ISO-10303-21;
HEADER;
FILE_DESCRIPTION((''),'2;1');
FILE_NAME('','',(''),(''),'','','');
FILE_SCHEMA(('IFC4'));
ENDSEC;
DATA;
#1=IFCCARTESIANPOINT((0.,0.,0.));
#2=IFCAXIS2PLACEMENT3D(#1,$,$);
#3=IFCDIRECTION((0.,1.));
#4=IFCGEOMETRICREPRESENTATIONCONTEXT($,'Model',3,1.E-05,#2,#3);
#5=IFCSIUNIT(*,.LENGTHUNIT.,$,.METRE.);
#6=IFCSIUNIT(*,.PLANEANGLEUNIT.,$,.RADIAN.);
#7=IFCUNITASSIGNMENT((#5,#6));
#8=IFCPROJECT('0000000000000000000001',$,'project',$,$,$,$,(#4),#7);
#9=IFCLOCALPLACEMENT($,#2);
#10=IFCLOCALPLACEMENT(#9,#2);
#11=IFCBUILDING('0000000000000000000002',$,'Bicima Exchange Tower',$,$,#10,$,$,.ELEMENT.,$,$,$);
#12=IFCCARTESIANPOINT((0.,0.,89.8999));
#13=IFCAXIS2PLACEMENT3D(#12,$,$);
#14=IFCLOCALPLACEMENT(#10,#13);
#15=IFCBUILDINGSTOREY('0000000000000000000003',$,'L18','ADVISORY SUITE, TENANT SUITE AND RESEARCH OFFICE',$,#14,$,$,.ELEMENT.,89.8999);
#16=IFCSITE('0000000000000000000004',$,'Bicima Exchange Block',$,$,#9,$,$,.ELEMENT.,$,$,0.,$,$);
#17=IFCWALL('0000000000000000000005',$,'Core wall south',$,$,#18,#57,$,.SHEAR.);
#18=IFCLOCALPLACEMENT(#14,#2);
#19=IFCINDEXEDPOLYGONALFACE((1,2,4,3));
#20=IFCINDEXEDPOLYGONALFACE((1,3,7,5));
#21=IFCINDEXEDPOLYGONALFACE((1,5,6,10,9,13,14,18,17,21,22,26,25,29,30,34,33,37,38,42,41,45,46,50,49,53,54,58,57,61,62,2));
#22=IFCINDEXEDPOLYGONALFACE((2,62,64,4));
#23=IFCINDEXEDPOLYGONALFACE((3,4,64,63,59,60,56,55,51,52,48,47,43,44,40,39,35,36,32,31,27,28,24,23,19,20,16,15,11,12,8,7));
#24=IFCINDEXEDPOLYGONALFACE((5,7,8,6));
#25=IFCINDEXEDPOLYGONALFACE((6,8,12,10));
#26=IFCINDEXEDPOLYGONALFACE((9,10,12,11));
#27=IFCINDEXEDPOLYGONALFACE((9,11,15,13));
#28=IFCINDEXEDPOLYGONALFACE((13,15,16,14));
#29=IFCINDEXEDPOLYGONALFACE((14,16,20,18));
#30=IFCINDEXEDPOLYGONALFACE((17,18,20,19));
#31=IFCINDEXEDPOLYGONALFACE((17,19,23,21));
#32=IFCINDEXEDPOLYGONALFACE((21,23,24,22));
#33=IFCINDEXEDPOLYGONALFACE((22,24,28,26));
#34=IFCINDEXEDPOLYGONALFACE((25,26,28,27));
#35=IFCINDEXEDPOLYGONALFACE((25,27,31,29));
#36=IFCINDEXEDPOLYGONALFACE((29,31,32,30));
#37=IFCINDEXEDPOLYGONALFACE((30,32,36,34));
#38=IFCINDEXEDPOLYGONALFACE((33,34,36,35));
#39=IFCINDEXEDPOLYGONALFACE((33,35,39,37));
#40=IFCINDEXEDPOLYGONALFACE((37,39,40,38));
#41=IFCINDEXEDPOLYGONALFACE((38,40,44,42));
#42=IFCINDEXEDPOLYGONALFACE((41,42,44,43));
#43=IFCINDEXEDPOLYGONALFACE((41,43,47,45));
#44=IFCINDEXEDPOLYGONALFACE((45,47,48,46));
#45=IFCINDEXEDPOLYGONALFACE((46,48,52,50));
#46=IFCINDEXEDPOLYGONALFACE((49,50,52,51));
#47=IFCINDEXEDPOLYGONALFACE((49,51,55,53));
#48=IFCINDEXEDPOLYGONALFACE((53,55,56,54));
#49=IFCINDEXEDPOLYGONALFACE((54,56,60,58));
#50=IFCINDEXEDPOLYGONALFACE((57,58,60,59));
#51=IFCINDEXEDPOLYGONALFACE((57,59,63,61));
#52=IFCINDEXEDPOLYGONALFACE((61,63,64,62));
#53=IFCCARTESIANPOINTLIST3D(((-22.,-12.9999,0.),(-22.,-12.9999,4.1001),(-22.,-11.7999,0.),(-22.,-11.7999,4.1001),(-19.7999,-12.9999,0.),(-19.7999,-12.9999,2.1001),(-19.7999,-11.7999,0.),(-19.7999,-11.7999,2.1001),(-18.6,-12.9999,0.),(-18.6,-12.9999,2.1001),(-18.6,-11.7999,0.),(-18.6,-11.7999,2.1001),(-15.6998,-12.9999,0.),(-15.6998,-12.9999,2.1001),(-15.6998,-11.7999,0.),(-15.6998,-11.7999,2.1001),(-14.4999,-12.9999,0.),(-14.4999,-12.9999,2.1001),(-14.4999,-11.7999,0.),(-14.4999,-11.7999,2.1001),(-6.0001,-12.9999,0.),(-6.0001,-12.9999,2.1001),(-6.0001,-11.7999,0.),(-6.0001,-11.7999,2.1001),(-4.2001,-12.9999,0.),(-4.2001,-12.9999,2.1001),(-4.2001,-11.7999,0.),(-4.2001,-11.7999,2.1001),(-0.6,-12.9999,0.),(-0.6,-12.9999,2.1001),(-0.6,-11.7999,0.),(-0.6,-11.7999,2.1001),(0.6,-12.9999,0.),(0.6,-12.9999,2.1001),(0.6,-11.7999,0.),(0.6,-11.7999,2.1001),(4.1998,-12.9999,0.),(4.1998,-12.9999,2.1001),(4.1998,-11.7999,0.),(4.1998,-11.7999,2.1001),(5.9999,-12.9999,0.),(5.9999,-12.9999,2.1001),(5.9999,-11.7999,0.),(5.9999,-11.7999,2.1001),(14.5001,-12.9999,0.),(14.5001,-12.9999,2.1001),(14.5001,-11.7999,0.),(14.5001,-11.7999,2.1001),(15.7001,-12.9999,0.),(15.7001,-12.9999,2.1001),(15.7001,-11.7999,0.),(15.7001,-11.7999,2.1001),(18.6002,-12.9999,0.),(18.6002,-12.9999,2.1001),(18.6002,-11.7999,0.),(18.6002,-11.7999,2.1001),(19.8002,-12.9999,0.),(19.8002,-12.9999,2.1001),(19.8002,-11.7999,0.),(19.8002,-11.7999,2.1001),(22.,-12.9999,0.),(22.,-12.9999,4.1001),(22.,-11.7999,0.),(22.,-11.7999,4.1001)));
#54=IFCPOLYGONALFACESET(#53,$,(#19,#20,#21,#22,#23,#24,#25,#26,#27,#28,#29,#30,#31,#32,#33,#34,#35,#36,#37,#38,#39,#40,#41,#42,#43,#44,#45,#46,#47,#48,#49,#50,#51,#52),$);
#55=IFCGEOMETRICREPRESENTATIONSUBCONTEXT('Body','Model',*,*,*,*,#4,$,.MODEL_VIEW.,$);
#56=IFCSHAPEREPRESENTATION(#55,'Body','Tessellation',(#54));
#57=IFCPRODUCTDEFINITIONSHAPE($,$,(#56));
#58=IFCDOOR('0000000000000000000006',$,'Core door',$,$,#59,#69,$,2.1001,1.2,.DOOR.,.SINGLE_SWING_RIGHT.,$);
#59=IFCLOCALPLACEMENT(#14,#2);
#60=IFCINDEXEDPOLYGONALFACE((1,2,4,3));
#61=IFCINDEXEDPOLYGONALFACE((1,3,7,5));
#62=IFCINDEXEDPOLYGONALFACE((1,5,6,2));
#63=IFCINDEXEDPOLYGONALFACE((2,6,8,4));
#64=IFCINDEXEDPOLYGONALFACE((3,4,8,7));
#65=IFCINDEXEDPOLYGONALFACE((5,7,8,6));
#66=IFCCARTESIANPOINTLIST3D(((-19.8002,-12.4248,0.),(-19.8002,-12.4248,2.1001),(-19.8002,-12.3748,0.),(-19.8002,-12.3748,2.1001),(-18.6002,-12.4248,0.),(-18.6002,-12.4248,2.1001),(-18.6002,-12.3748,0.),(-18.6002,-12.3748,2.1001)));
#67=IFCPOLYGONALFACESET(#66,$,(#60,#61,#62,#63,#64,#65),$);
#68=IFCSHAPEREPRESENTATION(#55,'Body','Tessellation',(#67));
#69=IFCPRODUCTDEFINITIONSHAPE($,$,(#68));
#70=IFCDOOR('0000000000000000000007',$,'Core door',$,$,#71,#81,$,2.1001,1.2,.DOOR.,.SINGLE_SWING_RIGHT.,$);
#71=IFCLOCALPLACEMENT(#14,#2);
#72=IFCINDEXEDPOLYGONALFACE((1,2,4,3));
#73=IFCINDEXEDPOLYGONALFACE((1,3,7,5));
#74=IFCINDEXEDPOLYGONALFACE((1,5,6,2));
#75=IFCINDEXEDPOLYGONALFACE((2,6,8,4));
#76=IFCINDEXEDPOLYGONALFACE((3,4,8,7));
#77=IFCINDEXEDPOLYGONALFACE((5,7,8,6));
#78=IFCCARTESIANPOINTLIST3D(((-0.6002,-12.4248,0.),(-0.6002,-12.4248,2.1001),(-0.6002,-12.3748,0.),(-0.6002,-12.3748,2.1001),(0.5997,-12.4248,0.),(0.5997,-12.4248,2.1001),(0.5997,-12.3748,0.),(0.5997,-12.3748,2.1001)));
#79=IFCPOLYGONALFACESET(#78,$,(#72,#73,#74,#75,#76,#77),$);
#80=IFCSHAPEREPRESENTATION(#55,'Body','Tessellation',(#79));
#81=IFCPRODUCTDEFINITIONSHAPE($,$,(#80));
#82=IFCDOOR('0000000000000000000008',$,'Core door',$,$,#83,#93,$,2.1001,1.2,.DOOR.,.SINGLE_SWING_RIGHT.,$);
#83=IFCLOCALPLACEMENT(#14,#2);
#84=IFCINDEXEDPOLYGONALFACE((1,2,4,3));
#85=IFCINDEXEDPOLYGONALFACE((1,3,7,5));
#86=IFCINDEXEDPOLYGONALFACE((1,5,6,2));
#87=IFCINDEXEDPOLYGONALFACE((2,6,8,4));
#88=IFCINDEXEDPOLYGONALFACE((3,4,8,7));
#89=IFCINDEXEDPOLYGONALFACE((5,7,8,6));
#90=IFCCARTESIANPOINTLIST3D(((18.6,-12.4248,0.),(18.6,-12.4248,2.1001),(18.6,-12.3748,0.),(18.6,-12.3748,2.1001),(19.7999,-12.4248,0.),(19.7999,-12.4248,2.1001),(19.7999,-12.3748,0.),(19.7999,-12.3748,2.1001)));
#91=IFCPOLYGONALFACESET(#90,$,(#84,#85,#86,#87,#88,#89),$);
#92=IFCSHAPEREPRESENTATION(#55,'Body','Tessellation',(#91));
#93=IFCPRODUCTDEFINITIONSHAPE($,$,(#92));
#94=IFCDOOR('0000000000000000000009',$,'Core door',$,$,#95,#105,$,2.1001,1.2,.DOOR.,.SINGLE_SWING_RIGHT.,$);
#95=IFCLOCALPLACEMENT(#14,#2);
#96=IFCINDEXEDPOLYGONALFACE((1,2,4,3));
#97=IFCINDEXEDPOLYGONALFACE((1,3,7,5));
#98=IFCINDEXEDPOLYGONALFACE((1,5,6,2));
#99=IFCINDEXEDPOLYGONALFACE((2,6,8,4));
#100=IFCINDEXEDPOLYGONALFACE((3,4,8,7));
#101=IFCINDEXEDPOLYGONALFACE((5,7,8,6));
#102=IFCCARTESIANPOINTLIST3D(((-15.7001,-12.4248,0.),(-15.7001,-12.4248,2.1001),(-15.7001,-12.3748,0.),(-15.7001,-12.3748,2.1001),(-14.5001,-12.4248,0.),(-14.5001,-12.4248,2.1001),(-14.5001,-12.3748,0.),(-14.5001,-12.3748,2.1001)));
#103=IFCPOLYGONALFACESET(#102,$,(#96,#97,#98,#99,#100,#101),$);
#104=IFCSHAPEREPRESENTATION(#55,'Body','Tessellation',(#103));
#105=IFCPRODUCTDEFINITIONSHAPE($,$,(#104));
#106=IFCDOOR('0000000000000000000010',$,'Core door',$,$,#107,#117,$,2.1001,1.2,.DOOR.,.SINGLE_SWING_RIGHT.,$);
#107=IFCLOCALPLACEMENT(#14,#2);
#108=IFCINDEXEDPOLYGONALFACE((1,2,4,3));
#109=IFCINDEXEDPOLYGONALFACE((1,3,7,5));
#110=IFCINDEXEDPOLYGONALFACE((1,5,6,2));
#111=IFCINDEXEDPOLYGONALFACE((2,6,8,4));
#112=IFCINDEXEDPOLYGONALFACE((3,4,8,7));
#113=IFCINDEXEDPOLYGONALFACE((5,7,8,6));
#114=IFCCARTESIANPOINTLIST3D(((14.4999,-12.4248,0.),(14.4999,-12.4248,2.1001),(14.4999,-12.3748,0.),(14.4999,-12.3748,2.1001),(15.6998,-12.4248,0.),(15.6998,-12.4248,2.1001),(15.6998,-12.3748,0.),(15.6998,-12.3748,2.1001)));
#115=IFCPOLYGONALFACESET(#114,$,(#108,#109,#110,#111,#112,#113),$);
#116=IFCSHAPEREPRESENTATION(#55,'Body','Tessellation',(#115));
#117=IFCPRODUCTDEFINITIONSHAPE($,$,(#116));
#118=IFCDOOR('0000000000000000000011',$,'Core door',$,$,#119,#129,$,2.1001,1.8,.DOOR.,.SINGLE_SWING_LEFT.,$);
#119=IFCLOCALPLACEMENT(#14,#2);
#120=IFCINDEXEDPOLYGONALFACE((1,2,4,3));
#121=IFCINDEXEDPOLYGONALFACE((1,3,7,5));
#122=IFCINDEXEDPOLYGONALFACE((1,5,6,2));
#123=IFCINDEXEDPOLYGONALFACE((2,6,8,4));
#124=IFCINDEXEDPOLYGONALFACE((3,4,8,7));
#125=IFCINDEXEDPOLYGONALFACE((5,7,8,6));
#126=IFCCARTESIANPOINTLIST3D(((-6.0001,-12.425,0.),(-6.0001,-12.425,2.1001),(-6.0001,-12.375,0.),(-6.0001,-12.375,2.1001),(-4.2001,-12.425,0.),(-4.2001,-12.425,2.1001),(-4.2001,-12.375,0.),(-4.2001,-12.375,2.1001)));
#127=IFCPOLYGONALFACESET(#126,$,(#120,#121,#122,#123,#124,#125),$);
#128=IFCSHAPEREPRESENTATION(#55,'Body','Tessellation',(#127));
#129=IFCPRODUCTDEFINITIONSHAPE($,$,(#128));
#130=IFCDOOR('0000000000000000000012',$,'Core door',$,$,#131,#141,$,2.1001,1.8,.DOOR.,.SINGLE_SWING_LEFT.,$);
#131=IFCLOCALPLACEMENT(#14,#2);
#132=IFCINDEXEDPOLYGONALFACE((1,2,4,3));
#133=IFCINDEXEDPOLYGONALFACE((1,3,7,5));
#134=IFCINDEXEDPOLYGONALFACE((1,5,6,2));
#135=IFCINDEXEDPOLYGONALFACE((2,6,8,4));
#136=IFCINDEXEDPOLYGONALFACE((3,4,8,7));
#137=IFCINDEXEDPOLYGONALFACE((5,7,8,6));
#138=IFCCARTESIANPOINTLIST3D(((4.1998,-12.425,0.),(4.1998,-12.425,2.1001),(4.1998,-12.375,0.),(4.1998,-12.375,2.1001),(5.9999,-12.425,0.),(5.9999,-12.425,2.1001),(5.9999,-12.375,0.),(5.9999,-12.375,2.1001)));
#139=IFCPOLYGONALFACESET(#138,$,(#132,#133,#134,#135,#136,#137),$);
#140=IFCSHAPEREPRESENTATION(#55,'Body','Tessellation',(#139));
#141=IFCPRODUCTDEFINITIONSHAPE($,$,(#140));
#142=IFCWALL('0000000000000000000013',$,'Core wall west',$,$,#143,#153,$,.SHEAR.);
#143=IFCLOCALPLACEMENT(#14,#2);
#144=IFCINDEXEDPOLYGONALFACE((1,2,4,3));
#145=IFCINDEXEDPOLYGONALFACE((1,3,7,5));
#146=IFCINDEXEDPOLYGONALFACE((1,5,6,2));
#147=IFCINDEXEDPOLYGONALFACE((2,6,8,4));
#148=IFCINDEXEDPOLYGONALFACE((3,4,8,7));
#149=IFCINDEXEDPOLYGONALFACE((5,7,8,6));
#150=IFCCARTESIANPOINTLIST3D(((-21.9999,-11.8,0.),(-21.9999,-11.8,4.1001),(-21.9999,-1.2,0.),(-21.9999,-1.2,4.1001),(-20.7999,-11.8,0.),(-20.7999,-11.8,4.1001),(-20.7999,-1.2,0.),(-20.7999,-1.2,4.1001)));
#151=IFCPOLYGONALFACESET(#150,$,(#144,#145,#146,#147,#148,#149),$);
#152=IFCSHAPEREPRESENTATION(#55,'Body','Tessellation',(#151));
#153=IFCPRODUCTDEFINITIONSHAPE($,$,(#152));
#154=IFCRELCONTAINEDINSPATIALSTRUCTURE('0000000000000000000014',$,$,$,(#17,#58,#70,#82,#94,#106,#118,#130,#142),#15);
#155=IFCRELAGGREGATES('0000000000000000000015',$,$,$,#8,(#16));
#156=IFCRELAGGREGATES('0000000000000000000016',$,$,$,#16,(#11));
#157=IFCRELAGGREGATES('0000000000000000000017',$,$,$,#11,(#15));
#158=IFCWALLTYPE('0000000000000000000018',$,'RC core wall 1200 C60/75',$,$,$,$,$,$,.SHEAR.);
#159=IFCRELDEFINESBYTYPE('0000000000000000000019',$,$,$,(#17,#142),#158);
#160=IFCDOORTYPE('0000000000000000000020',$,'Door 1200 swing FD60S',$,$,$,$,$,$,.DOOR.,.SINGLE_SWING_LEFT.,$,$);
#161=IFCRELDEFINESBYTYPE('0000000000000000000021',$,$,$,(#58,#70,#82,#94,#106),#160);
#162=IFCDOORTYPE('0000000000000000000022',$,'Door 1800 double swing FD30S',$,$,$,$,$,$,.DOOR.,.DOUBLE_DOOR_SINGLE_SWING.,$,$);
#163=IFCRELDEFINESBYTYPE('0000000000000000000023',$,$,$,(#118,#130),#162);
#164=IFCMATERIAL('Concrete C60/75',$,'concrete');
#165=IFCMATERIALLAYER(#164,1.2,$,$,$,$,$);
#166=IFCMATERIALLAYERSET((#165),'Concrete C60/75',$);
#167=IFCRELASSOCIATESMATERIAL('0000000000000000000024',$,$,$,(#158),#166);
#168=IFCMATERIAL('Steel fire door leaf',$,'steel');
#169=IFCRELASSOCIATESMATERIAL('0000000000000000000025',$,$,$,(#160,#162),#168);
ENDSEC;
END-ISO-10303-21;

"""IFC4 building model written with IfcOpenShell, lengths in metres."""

from ifc_helpers import new_model, si_unit, direction, frame, frame_2d, origin, place, context, subcontext, project, spatial, rectangle, extrude, material, layer, layer_set, type_object, element, fill, save


model = new_model("IFC4")

# Units and contexts
model_context = context("Model", 3, precision=1e-05, world=origin(), true_north=direction((0.0, 1.0)))
body_context = subcontext(model_context, "Body", "Model", "MODEL_VIEW")
ifc_project = project(units=[si_unit("LENGTHUNIT", "METRE"), si_unit("PLANEANGLEUNIT", "RADIAN")], contexts=[model_context])

# Site, building, storey
site_placement = place(None, origin())
site = spatial("IfcSite", under=ifc_project, at=site_placement, Name="Bicima Exchange Block", CompositionType="ELEMENT", RefElevation=0.0)
building_placement = place(site_placement, origin())
building = spatial("IfcBuilding", under=site, at=building_placement, Name="Bicima Exchange Tower", CompositionType="ELEMENT")
storey_placement = place(building_placement, frame((0.0, 0.0, 89.8999)))
storey = spatial("IfcBuildingStorey", under=building, at=storey_placement, Name="L18", Description="ADVISORY SUITE, TENANT SUITE AND RESEARCH OFFICE", CompositionType="ELEMENT", Elevation=89.8999)

# Shared definitions
ifc_material_1 = material(Name="Steel fire door leaf", Category="steel")

# Wall, openings, doors
ifc_material_2 = material(Name="Concrete C60/75", Category="concrete")
ifc_layer_1 = layer(ifc_material_2, 1.2)
ifc_layer_set_1 = layer_set([ifc_layer_1], Name="Concrete C60/75")
wall_type_1 = type_object("IfcWallType", Name="RC core wall 1200 C60/75", PredefinedType="SHEAR", material=ifc_layer_set_1)
wall_1_placement = place(storey_placement, frame((-22.0, -12.3999, 0.0), z_axis=(0.0, 0.0, 1.0), x_axis=(1.0, 0.0, 0.0)))
wall_1 = element("IfcWall", 1, at=wall_1_placement, inside=storey, type_object=wall_type_1, Name="Core wall south", PredefinedType="SHEAR", context=body_context, shape_type="SweptSolid", body=[
    extrude(rectangle(XDim=44.0, YDim=1.2, at=frame_2d((22.0, 0.0))), origin(), (0.0, 0.0, 1.0), 4.1001),
])
opening_1_placement = place(wall_1_placement, frame((2.2, 0.0, 0.0)))
opening_1 = element("IfcOpeningElement", 2, at=opening_1_placement, cuts=wall_1, PredefinedType="OPENING", context=body_context, shape_type="SweptSolid", body=[
    extrude(rectangle(XDim=1.2, YDim=2.1001, at=frame_2d((0.6001, 1.05))), frame((0.0, 0.6118, 0.0), z_axis=(0.0, -1.0, 0.0), x_axis=(1.0, 0.0, 0.0)), (0.0, 0.0, 1.0), 1.2239),
])
opening_2_placement = place(wall_1_placement, frame((21.3999, 0.0, 0.0)))
opening_2 = element("IfcOpeningElement", 3, at=opening_2_placement, cuts=wall_1, PredefinedType="OPENING", context=body_context, shape_type="SweptSolid", body=[
    extrude(rectangle(XDim=1.2, YDim=2.1001, at=frame_2d((0.6001, 1.05))), frame((0.0, 0.6118, 0.0), z_axis=(0.0, -1.0, 0.0), x_axis=(1.0, 0.0, 0.0)), (0.0, 0.0, 1.0), 1.2239),
])
opening_3_placement = place(wall_1_placement, frame((40.6001, 0.0, 0.0)))
opening_3 = element("IfcOpeningElement", 4, at=opening_3_placement, cuts=wall_1, PredefinedType="OPENING", context=body_context, shape_type="SweptSolid", body=[
    extrude(rectangle(XDim=1.2, YDim=2.1001, at=frame_2d((0.6001, 1.05))), frame((0.0, 0.6118, 0.0), z_axis=(0.0, -1.0, 0.0), x_axis=(1.0, 0.0, 0.0)), (0.0, 0.0, 1.0), 1.2239),
])
opening_4_placement = place(wall_1_placement, frame((16.0, 0.0, 0.0)))
opening_4 = element("IfcOpeningElement", 5, at=opening_4_placement, cuts=wall_1, PredefinedType="OPENING", context=body_context, shape_type="SweptSolid", body=[
    extrude(rectangle(XDim=1.8, YDim=2.1001, at=frame_2d((0.8999, 1.05))), frame((0.0, 0.6118, 0.0), z_axis=(0.0, -1.0, 0.0), x_axis=(1.0, 0.0, 0.0)), (0.0, 0.0, 1.0), 1.2239),
])
opening_5_placement = place(wall_1_placement, frame((6.3, 0.0, 0.0)))
opening_5 = element("IfcOpeningElement", 6, at=opening_5_placement, cuts=wall_1, PredefinedType="OPENING", context=body_context, shape_type="SweptSolid", body=[
    extrude(rectangle(XDim=1.2, YDim=2.1001, at=frame_2d((0.6001, 1.05))), frame((0.0, 0.6118, 0.0), z_axis=(0.0, -1.0, 0.0), x_axis=(1.0, 0.0, 0.0)), (0.0, 0.0, 1.0), 1.2239),
])
opening_6_placement = place(wall_1_placement, frame((26.2, 0.0, 0.0)))
opening_6 = element("IfcOpeningElement", 7, at=opening_6_placement, cuts=wall_1, PredefinedType="OPENING", context=body_context, shape_type="SweptSolid", body=[
    extrude(rectangle(XDim=1.8, YDim=2.1001, at=frame_2d((0.8999, 1.05))), frame((0.0, 0.6118, 0.0), z_axis=(0.0, -1.0, 0.0), x_axis=(1.0, 0.0, 0.0)), (0.0, 0.0, 1.0), 1.2239),
])
opening_7_placement = place(wall_1_placement, frame((36.5, 0.0, 0.0)))
opening_7 = element("IfcOpeningElement", 8, at=opening_7_placement, cuts=wall_1, PredefinedType="OPENING", context=body_context, shape_type="SweptSolid", body=[
    extrude(rectangle(XDim=1.2, YDim=2.1001, at=frame_2d((0.6001, 1.05))), frame((0.0, 0.6118, 0.0), z_axis=(0.0, -1.0, 0.0), x_axis=(1.0, 0.0, 0.0)), (0.0, 0.0, 1.0), 1.2239),
])
door_type_1 = type_object("IfcDoorType", Name="Door 1200 swing FD60S", OperationType="SINGLE_SWING_LEFT", PredefinedType="DOOR", material=ifc_material_1)
door_1_placement = place(opening_1_placement, frame((1.2, 0.0, 0.0), z_axis=(0.0, 0.0, 1.0), x_axis=(-1.0, 0.0, 0.0)))
door_1 = element("IfcDoor", 9, at=door_1_placement, inside=storey, type_object=door_type_1, Name="Core door", OperationType="SINGLE_SWING_RIGHT", OverallHeight=2.1001, OverallWidth=1.2, PredefinedType="DOOR", context=body_context, shape_type="SweptSolid", body=[
    extrude(rectangle(XDim=1.2, YDim=2.1001, at=frame_2d((0.6001, 1.05))), frame((0.0, 0.0249, 0.0), z_axis=(0.0, -1.0, 0.0), x_axis=(1.0, 0.0, 0.0)), (0.0, 0.0, 1.0), 0.05),
])
fill(opening_1, door_1)
door_2_placement = place(opening_2_placement, frame((1.2, 0.0, 0.0), z_axis=(0.0, 0.0, 1.0), x_axis=(-1.0, 0.0, 0.0)))
door_2 = element("IfcDoor", 10, at=door_2_placement, inside=storey, type_object=door_type_1, Name="Core door", OperationType="SINGLE_SWING_RIGHT", OverallHeight=2.1001, OverallWidth=1.2, PredefinedType="DOOR", context=body_context, shape_type="SweptSolid", body=[
    extrude(rectangle(XDim=1.2, YDim=2.1001, at=frame_2d((0.6001, 1.05))), frame((0.0, 0.0249, 0.0), z_axis=(0.0, -1.0, 0.0), x_axis=(1.0, 0.0, 0.0)), (0.0, 0.0, 1.0), 0.05),
])
fill(opening_2, door_2)
door_3_placement = place(opening_3_placement, frame((1.2, 0.0, 0.0), z_axis=(0.0, 0.0, 1.0), x_axis=(-1.0, 0.0, 0.0)))
door_3 = element("IfcDoor", 11, at=door_3_placement, inside=storey, type_object=door_type_1, Name="Core door", OperationType="SINGLE_SWING_RIGHT", OverallHeight=2.1001, OverallWidth=1.2, PredefinedType="DOOR", context=body_context, shape_type="SweptSolid", body=[
    extrude(rectangle(XDim=1.2, YDim=2.1001, at=frame_2d((0.6001, 1.05))), frame((0.0, 0.0249, 0.0), z_axis=(0.0, -1.0, 0.0), x_axis=(1.0, 0.0, 0.0)), (0.0, 0.0, 1.0), 0.05),
])
fill(opening_3, door_3)
door_4_placement = place(opening_5_placement, frame((1.2, 0.0, 0.0), z_axis=(0.0, 0.0, 1.0), x_axis=(-1.0, 0.0, 0.0)))
door_4 = element("IfcDoor", 12, at=door_4_placement, inside=storey, type_object=door_type_1, Name="Core door", OperationType="SINGLE_SWING_RIGHT", OverallHeight=2.1001, OverallWidth=1.2, PredefinedType="DOOR", context=body_context, shape_type="SweptSolid", body=[
    extrude(rectangle(XDim=1.2, YDim=2.1001, at=frame_2d((0.6001, 1.05))), frame((0.0, 0.0249, 0.0), z_axis=(0.0, -1.0, 0.0), x_axis=(1.0, 0.0, 0.0)), (0.0, 0.0, 1.0), 0.05),
])
fill(opening_5, door_4)
door_5_placement = place(opening_7_placement, frame((1.2, 0.0, 0.0), z_axis=(0.0, 0.0, 1.0), x_axis=(-1.0, 0.0, 0.0)))
door_5 = element("IfcDoor", 13, at=door_5_placement, inside=storey, type_object=door_type_1, Name="Core door", OperationType="SINGLE_SWING_RIGHT", OverallHeight=2.1001, OverallWidth=1.2, PredefinedType="DOOR", context=body_context, shape_type="SweptSolid", body=[
    extrude(rectangle(XDim=1.2, YDim=2.1001, at=frame_2d((0.6001, 1.05))), frame((0.0, 0.0249, 0.0), z_axis=(0.0, -1.0, 0.0), x_axis=(1.0, 0.0, 0.0)), (0.0, 0.0, 1.0), 0.05),
])
fill(opening_7, door_5)
door_type_2 = type_object("IfcDoorType", Name="Door 1800 double swing FD30S", OperationType="DOUBLE_DOOR_SINGLE_SWING", PredefinedType="DOOR", material=ifc_material_1)
door_6_placement = place(opening_4_placement, origin())
door_6 = element("IfcDoor", 14, at=door_6_placement, inside=storey, type_object=door_type_2, Name="Core door", OperationType="SINGLE_SWING_LEFT", OverallHeight=2.1001, OverallWidth=1.8, PredefinedType="DOOR", context=body_context, shape_type="SweptSolid", body=[
    extrude(rectangle(XDim=1.8, YDim=2.1001, at=frame_2d((0.8999, 1.05))), frame((0.0, 0.0249, 0.0), z_axis=(0.0, -1.0, 0.0), x_axis=(1.0, 0.0, 0.0)), (0.0, 0.0, 1.0), 0.05),
])
fill(opening_4, door_6)
door_7_placement = place(opening_6_placement, origin())
door_7 = element("IfcDoor", 15, at=door_7_placement, inside=storey, type_object=door_type_2, Name="Core door", OperationType="SINGLE_SWING_LEFT", OverallHeight=2.1001, OverallWidth=1.8, PredefinedType="DOOR", context=body_context, shape_type="SweptSolid", body=[
    extrude(rectangle(XDim=1.8, YDim=2.1001, at=frame_2d((0.8999, 1.05))), frame((0.0, 0.0249, 0.0), z_axis=(0.0, -1.0, 0.0), x_axis=(1.0, 0.0, 0.0)), (0.0, 0.0, 1.0), 0.05),
])
fill(opening_6, door_7)

# Wall
wall_2_placement = place(storey_placement, frame((-21.3999, -11.8, 0.0), z_axis=(0.0, 0.0, 1.0), x_axis=(0.0, 1.0, 0.0)))
element("IfcWall", 16, at=wall_2_placement, inside=storey, type_object=wall_type_1, Name="Core wall west", PredefinedType="SHEAR", context=body_context, shape_type="SweptSolid", body=[
    extrude(rectangle(XDim=10.6001, YDim=1.2, at=frame_2d((5.3, 0.0))), origin(), (0.0, 0.0, 1.0), 4.1001),
])

save(model, "model.ifc")
